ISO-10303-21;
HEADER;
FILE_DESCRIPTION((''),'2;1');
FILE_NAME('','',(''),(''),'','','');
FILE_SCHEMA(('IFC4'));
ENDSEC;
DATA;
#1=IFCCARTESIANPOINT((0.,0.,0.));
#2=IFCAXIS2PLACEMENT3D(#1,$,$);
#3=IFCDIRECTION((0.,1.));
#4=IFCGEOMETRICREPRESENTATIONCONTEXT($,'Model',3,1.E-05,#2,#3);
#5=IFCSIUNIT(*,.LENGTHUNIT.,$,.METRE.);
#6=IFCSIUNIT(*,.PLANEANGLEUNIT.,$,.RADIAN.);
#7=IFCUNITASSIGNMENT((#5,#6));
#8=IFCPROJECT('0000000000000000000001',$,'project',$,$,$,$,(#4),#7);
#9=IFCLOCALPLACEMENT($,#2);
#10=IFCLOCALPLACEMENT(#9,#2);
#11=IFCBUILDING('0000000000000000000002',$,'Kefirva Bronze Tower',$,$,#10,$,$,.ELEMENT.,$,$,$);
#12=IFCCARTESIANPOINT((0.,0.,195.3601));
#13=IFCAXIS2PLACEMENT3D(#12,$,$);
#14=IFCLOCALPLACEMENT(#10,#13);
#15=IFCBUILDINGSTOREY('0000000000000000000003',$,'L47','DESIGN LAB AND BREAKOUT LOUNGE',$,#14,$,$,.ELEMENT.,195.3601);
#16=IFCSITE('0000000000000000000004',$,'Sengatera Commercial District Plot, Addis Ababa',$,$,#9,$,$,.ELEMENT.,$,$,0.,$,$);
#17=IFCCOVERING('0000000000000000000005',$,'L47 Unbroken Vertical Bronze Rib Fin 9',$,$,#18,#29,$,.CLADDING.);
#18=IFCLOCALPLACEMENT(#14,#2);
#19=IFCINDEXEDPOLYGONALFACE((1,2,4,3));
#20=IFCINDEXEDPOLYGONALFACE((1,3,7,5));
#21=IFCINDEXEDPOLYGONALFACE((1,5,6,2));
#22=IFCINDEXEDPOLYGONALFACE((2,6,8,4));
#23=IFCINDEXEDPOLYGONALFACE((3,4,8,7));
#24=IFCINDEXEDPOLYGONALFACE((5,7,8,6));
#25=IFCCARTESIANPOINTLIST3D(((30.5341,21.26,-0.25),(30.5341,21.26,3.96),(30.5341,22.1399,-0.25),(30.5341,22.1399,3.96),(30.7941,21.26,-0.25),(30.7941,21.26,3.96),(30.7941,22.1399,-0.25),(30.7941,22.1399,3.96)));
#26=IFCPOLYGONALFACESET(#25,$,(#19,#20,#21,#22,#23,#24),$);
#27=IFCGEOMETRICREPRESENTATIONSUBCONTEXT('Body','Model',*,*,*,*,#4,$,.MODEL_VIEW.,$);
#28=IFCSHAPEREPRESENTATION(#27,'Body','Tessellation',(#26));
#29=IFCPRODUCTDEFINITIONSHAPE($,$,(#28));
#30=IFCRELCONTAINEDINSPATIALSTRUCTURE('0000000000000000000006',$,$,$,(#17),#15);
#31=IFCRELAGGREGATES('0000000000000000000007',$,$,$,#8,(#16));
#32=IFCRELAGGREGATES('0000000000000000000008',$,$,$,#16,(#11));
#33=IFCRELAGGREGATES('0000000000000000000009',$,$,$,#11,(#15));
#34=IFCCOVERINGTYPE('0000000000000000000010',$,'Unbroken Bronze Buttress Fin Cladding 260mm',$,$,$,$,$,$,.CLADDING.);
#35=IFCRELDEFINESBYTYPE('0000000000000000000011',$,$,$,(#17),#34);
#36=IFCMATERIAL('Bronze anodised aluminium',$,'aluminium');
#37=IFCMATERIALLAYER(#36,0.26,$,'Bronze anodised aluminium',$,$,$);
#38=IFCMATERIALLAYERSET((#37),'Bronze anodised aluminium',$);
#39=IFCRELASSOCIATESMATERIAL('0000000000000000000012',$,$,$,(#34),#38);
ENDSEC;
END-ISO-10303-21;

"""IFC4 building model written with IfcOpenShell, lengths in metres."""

from ifc_helpers import new_model, si_unit, direction, frame, origin, origin_2d, place, context, subcontext, project, spatial, rectangle, extrude, material, layer, layer_set, type_object, element, save


model = new_model("IFC4")

# Units and contexts
model_context = context("Model", 3, precision=1e-05, world=origin(), true_north=direction((0.0, 1.0)))
body_context = subcontext(model_context, "Body", "Model", "MODEL_VIEW")
ifc_project = project(units=[si_unit("LENGTHUNIT", "METRE"), si_unit("PLANEANGLEUNIT", "RADIAN")], contexts=[model_context])

# Site, building, storey
site_placement = place(None, origin())
site = spatial("IfcSite", under=ifc_project, at=site_placement, Name="Sengatera Commercial District Plot, Addis Ababa", CompositionType="ELEMENT", RefElevation=0.0)
building_placement = place(site_placement, origin())
building = spatial("IfcBuilding", under=site, at=building_placement, Name="Kefirva Bronze Tower", CompositionType="ELEMENT")
storey_placement = place(building_placement, frame((0.0, 0.0, 195.3601)))
storey = spatial("IfcBuildingStorey", under=building, at=storey_placement, Name="L47", Description="DESIGN LAB AND BREAKOUT LOUNGE", CompositionType="ELEMENT", Elevation=195.3601)

# Shared definitions
ifc_material_1 = material(Name="Bronze anodised aluminium", Category="aluminium")

# Covering
ifc_layer_1 = layer(ifc_material_1, 0.26, Name="Bronze anodised aluminium")
ifc_layer_set_1 = layer_set([ifc_layer_1], Name="Bronze anodised aluminium")
covering_type_1 = type_object("IfcCoveringType", Name="Unbroken Bronze Buttress Fin Cladding 260mm", PredefinedType="CLADDING", material=ifc_layer_set_1)
covering_1_placement = place(storey_placement, frame((30.6641, 21.7, -0.25), z_axis=(0.0, 0.0, 1.0), x_axis=(1.0, 0.0, 0.0)))
element("IfcCovering", 1, at=covering_1_placement, inside=storey, type_object=covering_type_1, Name="L47 Unbroken Vertical Bronze Rib Fin 9", PredefinedType="CLADDING", context=body_context, shape_type="SweptSolid", body=[
    extrude(rectangle(XDim=0.26, YDim=0.8799, at=origin_2d()), origin(), (0.0, 0.0, 1.0), 4.21),
])

save(model, "model.ifc")
